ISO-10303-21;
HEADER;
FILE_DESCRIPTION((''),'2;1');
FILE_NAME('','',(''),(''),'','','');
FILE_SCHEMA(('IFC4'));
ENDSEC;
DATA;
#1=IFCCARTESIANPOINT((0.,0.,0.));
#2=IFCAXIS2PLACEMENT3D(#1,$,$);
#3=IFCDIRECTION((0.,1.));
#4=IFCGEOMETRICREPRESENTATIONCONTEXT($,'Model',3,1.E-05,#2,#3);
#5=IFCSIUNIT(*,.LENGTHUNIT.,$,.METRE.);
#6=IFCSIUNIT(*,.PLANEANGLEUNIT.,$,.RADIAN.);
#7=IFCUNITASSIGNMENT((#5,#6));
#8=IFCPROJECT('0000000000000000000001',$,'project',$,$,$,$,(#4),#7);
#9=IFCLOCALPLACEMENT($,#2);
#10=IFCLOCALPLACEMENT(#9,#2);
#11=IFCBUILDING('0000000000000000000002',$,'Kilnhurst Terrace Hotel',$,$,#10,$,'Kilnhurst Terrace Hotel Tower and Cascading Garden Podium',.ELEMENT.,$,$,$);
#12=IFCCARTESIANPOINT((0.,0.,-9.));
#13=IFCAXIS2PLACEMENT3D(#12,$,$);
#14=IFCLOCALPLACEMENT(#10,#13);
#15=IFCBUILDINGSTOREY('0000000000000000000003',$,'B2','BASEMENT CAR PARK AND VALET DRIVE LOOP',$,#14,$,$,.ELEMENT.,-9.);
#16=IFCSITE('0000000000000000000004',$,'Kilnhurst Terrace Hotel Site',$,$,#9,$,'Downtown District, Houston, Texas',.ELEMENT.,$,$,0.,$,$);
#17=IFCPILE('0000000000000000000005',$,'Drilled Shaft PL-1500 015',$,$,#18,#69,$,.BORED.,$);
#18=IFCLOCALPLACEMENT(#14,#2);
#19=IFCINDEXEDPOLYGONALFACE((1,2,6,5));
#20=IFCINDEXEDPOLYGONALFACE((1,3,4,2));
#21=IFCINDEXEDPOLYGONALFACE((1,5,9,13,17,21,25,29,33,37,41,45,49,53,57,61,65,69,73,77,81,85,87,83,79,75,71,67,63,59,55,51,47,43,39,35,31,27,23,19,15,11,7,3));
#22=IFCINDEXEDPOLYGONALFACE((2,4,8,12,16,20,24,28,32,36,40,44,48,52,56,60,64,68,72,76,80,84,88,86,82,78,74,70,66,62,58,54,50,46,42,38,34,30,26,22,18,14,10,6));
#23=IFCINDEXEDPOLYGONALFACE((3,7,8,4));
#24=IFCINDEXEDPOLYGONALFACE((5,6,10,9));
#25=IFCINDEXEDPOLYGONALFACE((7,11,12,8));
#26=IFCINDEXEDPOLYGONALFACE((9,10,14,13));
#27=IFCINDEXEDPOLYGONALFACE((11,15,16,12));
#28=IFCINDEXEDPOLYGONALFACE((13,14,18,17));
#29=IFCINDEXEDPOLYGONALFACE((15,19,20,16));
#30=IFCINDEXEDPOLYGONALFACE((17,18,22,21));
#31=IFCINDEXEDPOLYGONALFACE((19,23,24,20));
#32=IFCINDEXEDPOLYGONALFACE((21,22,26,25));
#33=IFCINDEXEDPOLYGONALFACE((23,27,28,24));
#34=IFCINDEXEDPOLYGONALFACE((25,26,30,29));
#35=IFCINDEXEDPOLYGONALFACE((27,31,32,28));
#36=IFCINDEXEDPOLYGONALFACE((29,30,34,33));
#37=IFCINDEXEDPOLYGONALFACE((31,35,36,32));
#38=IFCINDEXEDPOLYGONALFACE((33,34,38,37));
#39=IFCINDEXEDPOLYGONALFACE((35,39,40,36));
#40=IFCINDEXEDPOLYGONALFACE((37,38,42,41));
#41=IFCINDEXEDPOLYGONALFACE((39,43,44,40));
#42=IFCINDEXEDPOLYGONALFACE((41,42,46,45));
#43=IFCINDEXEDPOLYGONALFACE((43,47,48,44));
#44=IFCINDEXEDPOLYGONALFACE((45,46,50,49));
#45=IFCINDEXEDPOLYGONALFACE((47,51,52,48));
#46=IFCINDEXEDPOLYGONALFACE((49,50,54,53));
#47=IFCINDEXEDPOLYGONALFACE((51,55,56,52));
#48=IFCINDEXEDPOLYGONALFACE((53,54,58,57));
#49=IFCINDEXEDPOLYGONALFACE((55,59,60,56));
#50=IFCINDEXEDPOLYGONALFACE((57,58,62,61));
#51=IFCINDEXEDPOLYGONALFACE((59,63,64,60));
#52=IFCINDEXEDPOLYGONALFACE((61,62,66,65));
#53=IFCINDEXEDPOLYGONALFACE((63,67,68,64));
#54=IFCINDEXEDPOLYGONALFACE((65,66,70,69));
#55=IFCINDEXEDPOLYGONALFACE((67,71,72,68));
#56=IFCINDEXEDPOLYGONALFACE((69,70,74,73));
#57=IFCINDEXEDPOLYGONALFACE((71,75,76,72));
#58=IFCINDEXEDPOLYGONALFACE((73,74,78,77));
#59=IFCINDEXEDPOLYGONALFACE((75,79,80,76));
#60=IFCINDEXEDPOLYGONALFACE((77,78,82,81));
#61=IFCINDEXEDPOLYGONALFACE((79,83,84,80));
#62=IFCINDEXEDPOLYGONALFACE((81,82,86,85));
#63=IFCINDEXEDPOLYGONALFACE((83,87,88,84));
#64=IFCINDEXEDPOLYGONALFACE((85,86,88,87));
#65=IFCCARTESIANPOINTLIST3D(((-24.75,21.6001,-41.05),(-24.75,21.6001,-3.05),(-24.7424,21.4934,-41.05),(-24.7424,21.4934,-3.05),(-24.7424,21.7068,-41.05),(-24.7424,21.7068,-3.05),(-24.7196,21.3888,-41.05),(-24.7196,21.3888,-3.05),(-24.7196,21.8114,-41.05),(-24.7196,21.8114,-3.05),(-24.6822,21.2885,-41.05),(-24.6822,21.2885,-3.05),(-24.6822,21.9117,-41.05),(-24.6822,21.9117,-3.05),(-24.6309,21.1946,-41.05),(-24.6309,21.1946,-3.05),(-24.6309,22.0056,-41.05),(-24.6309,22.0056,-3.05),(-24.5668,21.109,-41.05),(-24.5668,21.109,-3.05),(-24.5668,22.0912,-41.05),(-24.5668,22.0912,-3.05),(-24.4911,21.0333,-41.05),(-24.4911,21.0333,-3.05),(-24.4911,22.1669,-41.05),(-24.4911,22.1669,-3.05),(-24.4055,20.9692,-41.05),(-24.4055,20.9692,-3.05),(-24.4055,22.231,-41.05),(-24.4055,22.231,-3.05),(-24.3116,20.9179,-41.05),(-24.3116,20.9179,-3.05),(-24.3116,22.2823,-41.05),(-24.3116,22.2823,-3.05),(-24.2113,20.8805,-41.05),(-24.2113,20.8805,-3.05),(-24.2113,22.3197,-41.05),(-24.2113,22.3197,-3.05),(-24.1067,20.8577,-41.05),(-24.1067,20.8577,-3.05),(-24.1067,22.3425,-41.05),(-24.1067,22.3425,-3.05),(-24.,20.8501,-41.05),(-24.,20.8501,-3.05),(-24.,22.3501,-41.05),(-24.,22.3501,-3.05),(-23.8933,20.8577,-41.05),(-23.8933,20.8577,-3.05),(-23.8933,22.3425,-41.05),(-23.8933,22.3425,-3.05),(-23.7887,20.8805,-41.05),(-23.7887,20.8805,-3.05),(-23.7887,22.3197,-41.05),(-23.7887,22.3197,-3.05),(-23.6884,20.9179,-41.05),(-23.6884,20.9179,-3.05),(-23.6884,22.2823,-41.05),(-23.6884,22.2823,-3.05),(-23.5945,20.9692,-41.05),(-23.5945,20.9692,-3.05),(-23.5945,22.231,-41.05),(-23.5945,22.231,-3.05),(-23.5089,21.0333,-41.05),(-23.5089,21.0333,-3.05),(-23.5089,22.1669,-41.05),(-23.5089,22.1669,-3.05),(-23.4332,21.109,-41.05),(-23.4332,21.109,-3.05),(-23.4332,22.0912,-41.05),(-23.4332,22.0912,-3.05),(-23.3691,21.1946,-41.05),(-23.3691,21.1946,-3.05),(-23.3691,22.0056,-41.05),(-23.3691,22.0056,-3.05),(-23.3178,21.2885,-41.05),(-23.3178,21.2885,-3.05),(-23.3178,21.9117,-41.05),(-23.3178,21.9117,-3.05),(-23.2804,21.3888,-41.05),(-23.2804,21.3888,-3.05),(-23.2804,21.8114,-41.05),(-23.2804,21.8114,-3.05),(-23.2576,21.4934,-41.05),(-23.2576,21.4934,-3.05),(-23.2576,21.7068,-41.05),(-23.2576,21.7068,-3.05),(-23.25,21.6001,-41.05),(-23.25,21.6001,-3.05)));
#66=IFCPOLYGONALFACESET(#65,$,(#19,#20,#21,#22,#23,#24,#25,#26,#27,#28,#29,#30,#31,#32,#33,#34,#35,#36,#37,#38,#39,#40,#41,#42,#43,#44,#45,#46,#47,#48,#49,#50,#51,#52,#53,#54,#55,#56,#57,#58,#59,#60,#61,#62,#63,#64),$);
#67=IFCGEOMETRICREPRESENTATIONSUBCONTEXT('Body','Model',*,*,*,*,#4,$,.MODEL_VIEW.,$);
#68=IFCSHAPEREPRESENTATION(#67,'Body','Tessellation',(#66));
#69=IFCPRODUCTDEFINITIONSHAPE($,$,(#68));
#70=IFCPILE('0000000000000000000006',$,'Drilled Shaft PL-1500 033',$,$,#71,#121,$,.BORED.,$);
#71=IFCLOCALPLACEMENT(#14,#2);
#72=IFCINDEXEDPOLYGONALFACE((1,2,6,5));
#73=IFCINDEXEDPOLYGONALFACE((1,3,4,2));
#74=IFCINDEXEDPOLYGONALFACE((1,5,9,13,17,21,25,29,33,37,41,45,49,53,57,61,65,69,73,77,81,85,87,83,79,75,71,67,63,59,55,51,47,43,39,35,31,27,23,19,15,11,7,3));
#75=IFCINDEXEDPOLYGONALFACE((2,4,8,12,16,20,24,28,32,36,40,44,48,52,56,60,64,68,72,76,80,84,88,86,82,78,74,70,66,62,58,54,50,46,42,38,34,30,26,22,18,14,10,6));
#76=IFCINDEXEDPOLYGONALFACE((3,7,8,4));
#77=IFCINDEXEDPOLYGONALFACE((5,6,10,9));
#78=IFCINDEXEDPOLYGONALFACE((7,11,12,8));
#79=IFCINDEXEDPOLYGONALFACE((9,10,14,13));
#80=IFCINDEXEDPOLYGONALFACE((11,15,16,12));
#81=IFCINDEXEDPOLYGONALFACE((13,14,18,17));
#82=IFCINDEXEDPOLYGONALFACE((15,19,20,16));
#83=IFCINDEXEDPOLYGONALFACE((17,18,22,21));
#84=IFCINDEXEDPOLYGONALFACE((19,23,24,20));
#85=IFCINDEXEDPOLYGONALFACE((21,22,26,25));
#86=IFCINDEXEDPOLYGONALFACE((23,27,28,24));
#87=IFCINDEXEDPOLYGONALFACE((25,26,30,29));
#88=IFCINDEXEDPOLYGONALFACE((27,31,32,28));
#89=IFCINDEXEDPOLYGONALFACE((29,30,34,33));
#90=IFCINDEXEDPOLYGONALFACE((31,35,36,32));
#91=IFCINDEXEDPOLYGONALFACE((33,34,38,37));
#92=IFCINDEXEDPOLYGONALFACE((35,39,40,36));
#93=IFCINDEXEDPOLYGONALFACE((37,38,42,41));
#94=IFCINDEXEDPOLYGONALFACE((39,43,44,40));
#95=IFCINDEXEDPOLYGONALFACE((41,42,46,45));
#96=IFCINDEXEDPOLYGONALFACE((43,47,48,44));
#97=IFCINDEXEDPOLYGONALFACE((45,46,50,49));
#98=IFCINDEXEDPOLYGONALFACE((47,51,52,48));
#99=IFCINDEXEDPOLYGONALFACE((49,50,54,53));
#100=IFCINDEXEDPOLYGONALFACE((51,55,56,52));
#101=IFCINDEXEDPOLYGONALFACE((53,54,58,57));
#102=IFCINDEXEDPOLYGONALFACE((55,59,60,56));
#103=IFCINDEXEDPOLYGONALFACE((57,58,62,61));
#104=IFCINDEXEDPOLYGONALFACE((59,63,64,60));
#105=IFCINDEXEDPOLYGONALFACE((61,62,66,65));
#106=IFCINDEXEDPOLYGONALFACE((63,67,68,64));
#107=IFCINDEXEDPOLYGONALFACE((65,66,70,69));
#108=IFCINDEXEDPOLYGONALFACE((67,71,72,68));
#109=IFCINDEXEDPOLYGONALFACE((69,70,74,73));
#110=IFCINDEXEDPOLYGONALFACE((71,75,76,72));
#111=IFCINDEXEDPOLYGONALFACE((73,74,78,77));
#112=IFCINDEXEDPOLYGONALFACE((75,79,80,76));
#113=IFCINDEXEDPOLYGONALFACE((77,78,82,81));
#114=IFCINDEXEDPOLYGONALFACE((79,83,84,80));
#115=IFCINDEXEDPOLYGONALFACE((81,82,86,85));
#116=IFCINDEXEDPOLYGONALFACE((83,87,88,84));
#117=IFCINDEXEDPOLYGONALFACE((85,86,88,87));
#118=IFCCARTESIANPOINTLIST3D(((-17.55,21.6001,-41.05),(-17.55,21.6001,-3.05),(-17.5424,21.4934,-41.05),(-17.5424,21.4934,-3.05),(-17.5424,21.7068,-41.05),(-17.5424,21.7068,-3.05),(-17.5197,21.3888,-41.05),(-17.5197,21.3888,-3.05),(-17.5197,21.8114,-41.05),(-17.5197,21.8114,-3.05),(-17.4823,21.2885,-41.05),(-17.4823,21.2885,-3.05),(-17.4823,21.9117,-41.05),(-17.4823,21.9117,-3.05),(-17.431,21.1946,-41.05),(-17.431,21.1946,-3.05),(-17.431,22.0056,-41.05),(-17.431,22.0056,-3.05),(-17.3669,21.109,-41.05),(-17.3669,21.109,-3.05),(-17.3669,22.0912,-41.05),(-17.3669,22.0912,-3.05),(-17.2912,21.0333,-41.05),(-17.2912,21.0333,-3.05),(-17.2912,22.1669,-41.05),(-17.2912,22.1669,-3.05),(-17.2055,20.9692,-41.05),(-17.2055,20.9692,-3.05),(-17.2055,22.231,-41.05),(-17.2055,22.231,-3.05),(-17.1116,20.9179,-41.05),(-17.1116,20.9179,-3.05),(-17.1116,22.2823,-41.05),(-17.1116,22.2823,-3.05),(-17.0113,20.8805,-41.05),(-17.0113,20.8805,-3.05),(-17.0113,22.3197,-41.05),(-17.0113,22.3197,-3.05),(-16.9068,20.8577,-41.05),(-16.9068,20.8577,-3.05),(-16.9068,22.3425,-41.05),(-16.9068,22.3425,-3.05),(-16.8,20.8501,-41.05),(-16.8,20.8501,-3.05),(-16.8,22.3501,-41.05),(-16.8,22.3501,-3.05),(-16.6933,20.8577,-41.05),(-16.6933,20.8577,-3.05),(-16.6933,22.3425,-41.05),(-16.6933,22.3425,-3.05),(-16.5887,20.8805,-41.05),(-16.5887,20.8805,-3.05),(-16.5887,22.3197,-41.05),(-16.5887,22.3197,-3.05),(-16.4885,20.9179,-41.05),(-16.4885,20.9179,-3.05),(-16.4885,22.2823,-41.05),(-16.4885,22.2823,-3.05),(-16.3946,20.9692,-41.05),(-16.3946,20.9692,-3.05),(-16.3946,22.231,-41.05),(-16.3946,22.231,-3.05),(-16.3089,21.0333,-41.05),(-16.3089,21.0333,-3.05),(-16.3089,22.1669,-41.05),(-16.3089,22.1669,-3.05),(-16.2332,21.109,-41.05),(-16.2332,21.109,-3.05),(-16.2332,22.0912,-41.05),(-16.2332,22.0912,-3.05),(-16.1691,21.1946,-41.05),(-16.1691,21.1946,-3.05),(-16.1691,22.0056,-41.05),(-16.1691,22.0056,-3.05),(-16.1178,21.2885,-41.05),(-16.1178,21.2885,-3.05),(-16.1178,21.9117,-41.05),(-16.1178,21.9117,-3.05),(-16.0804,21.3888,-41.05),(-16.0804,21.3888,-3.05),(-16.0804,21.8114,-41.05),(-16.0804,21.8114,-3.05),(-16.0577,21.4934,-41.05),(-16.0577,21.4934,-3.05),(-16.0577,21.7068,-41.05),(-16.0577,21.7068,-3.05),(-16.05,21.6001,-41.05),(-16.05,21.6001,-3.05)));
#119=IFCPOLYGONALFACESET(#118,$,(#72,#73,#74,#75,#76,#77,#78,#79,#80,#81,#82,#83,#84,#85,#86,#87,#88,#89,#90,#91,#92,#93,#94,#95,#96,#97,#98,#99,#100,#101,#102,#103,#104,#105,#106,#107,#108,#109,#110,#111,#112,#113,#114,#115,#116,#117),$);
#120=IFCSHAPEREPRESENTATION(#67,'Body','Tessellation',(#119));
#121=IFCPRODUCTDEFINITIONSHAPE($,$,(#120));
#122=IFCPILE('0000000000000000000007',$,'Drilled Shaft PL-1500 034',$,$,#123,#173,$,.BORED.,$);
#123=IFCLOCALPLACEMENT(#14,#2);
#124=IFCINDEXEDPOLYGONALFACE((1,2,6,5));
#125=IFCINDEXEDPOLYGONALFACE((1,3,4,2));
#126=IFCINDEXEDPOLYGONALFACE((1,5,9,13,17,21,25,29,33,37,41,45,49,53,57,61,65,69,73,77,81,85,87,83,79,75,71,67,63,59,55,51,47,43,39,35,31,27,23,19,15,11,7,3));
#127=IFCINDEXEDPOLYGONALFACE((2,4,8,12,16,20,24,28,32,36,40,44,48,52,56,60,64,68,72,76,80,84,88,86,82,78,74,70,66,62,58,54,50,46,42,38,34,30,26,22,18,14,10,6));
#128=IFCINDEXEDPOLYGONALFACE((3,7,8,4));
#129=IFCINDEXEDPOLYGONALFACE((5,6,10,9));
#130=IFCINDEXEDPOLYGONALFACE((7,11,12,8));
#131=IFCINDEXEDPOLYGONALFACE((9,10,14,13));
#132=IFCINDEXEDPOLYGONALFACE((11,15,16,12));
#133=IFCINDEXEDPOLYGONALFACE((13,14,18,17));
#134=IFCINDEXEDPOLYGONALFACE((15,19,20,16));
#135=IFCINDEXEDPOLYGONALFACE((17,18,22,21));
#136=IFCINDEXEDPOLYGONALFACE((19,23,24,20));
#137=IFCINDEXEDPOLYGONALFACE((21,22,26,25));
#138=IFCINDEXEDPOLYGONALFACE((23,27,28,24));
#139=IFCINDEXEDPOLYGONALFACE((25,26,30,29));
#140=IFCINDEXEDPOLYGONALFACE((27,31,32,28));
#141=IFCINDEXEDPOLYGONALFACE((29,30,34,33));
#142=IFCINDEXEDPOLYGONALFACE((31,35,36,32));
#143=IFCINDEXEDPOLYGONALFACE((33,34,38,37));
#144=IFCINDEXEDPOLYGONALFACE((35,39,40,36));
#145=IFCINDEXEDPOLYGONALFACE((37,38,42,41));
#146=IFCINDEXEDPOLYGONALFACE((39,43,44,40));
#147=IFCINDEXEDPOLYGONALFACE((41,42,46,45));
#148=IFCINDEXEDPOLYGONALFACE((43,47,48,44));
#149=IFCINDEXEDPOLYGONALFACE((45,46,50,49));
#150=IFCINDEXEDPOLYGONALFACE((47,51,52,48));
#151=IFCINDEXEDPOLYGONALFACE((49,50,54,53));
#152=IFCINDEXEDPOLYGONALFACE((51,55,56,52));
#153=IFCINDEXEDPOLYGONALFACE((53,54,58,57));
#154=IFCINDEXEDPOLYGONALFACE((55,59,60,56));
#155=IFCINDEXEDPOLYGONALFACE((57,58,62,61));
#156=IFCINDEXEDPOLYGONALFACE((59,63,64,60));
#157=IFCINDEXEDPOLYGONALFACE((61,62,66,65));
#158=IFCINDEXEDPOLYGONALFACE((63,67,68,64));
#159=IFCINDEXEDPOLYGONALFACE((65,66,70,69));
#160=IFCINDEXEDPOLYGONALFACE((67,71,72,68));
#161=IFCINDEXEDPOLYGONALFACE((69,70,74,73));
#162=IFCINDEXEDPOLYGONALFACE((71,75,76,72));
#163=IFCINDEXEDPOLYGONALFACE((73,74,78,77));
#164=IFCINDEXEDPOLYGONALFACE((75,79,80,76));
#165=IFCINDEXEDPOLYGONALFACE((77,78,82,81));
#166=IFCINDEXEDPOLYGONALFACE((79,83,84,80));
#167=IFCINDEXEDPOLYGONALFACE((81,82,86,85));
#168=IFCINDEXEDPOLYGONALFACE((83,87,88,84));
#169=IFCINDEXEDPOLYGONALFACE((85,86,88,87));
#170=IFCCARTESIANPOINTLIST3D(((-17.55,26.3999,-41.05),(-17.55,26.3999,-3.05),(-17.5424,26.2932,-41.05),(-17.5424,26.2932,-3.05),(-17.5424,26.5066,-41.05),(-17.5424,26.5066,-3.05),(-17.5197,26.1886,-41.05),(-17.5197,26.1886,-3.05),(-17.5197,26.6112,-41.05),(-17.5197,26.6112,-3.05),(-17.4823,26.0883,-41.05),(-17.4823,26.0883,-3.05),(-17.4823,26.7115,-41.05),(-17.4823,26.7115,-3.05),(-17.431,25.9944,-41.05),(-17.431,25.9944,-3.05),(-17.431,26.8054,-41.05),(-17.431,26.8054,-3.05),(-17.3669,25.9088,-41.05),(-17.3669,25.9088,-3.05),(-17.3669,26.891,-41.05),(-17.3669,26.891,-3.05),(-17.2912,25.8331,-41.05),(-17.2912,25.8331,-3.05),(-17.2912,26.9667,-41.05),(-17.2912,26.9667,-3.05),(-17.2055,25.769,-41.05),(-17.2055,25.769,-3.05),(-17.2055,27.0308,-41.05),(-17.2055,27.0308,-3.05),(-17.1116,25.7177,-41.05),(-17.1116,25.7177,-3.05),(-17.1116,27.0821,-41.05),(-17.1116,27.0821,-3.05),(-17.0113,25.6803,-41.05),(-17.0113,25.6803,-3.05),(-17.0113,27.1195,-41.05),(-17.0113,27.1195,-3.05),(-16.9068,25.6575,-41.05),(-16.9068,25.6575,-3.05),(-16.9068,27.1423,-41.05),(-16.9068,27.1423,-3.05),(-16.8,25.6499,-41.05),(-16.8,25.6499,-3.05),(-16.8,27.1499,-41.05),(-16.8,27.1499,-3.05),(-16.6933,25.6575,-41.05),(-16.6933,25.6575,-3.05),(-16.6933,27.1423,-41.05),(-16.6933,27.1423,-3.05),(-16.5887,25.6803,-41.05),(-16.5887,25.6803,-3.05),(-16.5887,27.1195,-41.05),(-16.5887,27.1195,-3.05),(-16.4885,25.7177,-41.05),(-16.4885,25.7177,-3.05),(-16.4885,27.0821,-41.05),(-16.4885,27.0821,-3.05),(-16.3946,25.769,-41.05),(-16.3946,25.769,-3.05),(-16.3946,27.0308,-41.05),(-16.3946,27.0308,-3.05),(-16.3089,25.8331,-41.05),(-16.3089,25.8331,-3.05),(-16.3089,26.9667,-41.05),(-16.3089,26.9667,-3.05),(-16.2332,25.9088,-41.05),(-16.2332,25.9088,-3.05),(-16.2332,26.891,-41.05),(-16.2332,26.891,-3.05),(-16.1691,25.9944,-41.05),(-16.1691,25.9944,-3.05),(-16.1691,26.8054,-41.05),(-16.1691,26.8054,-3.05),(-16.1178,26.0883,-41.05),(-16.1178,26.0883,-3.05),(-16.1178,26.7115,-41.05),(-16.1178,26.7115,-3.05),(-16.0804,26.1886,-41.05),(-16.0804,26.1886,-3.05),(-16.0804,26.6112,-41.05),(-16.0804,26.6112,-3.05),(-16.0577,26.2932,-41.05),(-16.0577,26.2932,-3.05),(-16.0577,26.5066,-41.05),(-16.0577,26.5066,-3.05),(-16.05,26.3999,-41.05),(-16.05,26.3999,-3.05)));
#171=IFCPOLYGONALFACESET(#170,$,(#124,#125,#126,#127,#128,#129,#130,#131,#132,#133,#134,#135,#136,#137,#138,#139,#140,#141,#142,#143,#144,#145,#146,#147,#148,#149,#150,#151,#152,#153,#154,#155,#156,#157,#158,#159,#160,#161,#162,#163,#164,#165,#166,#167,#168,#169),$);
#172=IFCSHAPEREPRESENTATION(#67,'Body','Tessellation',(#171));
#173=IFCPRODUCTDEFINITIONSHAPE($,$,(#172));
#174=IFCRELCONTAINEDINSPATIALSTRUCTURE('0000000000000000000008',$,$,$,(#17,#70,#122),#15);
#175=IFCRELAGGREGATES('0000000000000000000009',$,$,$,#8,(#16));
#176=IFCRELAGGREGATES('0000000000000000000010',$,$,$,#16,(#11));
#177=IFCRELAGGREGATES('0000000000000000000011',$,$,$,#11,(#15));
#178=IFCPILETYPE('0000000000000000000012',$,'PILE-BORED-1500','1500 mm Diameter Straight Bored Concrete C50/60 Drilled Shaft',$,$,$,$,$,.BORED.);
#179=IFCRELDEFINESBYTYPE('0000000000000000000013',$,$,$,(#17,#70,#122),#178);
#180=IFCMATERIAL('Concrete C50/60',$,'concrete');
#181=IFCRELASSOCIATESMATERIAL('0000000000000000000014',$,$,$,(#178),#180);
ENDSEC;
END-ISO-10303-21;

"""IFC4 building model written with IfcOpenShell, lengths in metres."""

from ifc_helpers import new_model, si_unit, direction, frame, origin, origin_2d, place, context, subcontext, project, spatial, circle, extrude, material, material_profile, profile_set, type_object, element, save


model = new_model("IFC4")

# Units and contexts
model_context = context("Model", 3, precision=1e-05, world=origin(), true_north=direction((0.0, 1.0)))
body_context = subcontext(model_context, "Body", "Model", "MODEL_VIEW")
ifc_project = project(units=[si_unit("LENGTHUNIT", "METRE"), si_unit("PLANEANGLEUNIT", "RADIAN")], contexts=[model_context])

# Site, building, storey
site_placement = place(None, origin())
site = spatial("IfcSite", under=ifc_project, at=site_placement, Name="Kilnhurst Terrace Hotel Site", LongName="Downtown District, Houston, Texas", CompositionType="ELEMENT", RefElevation=0.0)
building_placement = place(site_placement, origin())
building = spatial("IfcBuilding", under=site, at=building_placement, Name="Kilnhurst Terrace Hotel", LongName="Kilnhurst Terrace Hotel Tower and Cascading Garden Podium", CompositionType="ELEMENT")
storey_placement = place(building_placement, frame((0.0, 0.0, -9.0)))
storey = spatial("IfcBuildingStorey", under=building, at=storey_placement, Name="B2", Description="BASEMENT CAR PARK AND VALET DRIVE LOOP", CompositionType="ELEMENT", Elevation=-9.0)

# Piles
ifc_material_1 = material(Name="Concrete C50/60", Category="concrete")
ifc_material_profile_1 = material_profile(ifc_material_1, circle(Radius=0.75, at=origin_2d()), Name="PILE1500")
ifc_profile_set_1 = profile_set([ifc_material_profile_1], Name="Concrete C50/60")
pile_type_1 = type_object("IfcPileType", Name="PILE-BORED-1500", Description="1500 mm Diameter Straight Bored Concrete C50/60 Drilled Shaft", PredefinedType="BORED", material=ifc_profile_set_1)
for number, where, z_axis, x_axis, name in (
    (1, (-24.0, 21.6001, -3.05), (0.0, 0.0, -1.0), (1.0, 0.0, 0.0), "Drilled Shaft PL-1500 015"),
    (2, (-16.8, 21.6001, -3.05), (0.0, 0.0, -1.0), (1.0, 0.0, 0.0), "Drilled Shaft PL-1500 033"),
    (3, (-16.8, 26.3999, -3.05), (0.0, 0.0, -1.0), (1.0, 0.0, 0.0), "Drilled Shaft PL-1500 034"),
):
    element("IfcPile", number, at=place(storey_placement, frame(where, z_axis=z_axis, x_axis=x_axis)), inside=storey, type_object=pile_type_1, Name=name, PredefinedType="BORED", context=body_context, shape_type="SweptSolid", body=[
        extrude(circle(Radius=0.75, at=origin_2d()), origin(), (0.0, 0.0, 1.0), 38.0),
    ])

save(model, "model.ifc")
